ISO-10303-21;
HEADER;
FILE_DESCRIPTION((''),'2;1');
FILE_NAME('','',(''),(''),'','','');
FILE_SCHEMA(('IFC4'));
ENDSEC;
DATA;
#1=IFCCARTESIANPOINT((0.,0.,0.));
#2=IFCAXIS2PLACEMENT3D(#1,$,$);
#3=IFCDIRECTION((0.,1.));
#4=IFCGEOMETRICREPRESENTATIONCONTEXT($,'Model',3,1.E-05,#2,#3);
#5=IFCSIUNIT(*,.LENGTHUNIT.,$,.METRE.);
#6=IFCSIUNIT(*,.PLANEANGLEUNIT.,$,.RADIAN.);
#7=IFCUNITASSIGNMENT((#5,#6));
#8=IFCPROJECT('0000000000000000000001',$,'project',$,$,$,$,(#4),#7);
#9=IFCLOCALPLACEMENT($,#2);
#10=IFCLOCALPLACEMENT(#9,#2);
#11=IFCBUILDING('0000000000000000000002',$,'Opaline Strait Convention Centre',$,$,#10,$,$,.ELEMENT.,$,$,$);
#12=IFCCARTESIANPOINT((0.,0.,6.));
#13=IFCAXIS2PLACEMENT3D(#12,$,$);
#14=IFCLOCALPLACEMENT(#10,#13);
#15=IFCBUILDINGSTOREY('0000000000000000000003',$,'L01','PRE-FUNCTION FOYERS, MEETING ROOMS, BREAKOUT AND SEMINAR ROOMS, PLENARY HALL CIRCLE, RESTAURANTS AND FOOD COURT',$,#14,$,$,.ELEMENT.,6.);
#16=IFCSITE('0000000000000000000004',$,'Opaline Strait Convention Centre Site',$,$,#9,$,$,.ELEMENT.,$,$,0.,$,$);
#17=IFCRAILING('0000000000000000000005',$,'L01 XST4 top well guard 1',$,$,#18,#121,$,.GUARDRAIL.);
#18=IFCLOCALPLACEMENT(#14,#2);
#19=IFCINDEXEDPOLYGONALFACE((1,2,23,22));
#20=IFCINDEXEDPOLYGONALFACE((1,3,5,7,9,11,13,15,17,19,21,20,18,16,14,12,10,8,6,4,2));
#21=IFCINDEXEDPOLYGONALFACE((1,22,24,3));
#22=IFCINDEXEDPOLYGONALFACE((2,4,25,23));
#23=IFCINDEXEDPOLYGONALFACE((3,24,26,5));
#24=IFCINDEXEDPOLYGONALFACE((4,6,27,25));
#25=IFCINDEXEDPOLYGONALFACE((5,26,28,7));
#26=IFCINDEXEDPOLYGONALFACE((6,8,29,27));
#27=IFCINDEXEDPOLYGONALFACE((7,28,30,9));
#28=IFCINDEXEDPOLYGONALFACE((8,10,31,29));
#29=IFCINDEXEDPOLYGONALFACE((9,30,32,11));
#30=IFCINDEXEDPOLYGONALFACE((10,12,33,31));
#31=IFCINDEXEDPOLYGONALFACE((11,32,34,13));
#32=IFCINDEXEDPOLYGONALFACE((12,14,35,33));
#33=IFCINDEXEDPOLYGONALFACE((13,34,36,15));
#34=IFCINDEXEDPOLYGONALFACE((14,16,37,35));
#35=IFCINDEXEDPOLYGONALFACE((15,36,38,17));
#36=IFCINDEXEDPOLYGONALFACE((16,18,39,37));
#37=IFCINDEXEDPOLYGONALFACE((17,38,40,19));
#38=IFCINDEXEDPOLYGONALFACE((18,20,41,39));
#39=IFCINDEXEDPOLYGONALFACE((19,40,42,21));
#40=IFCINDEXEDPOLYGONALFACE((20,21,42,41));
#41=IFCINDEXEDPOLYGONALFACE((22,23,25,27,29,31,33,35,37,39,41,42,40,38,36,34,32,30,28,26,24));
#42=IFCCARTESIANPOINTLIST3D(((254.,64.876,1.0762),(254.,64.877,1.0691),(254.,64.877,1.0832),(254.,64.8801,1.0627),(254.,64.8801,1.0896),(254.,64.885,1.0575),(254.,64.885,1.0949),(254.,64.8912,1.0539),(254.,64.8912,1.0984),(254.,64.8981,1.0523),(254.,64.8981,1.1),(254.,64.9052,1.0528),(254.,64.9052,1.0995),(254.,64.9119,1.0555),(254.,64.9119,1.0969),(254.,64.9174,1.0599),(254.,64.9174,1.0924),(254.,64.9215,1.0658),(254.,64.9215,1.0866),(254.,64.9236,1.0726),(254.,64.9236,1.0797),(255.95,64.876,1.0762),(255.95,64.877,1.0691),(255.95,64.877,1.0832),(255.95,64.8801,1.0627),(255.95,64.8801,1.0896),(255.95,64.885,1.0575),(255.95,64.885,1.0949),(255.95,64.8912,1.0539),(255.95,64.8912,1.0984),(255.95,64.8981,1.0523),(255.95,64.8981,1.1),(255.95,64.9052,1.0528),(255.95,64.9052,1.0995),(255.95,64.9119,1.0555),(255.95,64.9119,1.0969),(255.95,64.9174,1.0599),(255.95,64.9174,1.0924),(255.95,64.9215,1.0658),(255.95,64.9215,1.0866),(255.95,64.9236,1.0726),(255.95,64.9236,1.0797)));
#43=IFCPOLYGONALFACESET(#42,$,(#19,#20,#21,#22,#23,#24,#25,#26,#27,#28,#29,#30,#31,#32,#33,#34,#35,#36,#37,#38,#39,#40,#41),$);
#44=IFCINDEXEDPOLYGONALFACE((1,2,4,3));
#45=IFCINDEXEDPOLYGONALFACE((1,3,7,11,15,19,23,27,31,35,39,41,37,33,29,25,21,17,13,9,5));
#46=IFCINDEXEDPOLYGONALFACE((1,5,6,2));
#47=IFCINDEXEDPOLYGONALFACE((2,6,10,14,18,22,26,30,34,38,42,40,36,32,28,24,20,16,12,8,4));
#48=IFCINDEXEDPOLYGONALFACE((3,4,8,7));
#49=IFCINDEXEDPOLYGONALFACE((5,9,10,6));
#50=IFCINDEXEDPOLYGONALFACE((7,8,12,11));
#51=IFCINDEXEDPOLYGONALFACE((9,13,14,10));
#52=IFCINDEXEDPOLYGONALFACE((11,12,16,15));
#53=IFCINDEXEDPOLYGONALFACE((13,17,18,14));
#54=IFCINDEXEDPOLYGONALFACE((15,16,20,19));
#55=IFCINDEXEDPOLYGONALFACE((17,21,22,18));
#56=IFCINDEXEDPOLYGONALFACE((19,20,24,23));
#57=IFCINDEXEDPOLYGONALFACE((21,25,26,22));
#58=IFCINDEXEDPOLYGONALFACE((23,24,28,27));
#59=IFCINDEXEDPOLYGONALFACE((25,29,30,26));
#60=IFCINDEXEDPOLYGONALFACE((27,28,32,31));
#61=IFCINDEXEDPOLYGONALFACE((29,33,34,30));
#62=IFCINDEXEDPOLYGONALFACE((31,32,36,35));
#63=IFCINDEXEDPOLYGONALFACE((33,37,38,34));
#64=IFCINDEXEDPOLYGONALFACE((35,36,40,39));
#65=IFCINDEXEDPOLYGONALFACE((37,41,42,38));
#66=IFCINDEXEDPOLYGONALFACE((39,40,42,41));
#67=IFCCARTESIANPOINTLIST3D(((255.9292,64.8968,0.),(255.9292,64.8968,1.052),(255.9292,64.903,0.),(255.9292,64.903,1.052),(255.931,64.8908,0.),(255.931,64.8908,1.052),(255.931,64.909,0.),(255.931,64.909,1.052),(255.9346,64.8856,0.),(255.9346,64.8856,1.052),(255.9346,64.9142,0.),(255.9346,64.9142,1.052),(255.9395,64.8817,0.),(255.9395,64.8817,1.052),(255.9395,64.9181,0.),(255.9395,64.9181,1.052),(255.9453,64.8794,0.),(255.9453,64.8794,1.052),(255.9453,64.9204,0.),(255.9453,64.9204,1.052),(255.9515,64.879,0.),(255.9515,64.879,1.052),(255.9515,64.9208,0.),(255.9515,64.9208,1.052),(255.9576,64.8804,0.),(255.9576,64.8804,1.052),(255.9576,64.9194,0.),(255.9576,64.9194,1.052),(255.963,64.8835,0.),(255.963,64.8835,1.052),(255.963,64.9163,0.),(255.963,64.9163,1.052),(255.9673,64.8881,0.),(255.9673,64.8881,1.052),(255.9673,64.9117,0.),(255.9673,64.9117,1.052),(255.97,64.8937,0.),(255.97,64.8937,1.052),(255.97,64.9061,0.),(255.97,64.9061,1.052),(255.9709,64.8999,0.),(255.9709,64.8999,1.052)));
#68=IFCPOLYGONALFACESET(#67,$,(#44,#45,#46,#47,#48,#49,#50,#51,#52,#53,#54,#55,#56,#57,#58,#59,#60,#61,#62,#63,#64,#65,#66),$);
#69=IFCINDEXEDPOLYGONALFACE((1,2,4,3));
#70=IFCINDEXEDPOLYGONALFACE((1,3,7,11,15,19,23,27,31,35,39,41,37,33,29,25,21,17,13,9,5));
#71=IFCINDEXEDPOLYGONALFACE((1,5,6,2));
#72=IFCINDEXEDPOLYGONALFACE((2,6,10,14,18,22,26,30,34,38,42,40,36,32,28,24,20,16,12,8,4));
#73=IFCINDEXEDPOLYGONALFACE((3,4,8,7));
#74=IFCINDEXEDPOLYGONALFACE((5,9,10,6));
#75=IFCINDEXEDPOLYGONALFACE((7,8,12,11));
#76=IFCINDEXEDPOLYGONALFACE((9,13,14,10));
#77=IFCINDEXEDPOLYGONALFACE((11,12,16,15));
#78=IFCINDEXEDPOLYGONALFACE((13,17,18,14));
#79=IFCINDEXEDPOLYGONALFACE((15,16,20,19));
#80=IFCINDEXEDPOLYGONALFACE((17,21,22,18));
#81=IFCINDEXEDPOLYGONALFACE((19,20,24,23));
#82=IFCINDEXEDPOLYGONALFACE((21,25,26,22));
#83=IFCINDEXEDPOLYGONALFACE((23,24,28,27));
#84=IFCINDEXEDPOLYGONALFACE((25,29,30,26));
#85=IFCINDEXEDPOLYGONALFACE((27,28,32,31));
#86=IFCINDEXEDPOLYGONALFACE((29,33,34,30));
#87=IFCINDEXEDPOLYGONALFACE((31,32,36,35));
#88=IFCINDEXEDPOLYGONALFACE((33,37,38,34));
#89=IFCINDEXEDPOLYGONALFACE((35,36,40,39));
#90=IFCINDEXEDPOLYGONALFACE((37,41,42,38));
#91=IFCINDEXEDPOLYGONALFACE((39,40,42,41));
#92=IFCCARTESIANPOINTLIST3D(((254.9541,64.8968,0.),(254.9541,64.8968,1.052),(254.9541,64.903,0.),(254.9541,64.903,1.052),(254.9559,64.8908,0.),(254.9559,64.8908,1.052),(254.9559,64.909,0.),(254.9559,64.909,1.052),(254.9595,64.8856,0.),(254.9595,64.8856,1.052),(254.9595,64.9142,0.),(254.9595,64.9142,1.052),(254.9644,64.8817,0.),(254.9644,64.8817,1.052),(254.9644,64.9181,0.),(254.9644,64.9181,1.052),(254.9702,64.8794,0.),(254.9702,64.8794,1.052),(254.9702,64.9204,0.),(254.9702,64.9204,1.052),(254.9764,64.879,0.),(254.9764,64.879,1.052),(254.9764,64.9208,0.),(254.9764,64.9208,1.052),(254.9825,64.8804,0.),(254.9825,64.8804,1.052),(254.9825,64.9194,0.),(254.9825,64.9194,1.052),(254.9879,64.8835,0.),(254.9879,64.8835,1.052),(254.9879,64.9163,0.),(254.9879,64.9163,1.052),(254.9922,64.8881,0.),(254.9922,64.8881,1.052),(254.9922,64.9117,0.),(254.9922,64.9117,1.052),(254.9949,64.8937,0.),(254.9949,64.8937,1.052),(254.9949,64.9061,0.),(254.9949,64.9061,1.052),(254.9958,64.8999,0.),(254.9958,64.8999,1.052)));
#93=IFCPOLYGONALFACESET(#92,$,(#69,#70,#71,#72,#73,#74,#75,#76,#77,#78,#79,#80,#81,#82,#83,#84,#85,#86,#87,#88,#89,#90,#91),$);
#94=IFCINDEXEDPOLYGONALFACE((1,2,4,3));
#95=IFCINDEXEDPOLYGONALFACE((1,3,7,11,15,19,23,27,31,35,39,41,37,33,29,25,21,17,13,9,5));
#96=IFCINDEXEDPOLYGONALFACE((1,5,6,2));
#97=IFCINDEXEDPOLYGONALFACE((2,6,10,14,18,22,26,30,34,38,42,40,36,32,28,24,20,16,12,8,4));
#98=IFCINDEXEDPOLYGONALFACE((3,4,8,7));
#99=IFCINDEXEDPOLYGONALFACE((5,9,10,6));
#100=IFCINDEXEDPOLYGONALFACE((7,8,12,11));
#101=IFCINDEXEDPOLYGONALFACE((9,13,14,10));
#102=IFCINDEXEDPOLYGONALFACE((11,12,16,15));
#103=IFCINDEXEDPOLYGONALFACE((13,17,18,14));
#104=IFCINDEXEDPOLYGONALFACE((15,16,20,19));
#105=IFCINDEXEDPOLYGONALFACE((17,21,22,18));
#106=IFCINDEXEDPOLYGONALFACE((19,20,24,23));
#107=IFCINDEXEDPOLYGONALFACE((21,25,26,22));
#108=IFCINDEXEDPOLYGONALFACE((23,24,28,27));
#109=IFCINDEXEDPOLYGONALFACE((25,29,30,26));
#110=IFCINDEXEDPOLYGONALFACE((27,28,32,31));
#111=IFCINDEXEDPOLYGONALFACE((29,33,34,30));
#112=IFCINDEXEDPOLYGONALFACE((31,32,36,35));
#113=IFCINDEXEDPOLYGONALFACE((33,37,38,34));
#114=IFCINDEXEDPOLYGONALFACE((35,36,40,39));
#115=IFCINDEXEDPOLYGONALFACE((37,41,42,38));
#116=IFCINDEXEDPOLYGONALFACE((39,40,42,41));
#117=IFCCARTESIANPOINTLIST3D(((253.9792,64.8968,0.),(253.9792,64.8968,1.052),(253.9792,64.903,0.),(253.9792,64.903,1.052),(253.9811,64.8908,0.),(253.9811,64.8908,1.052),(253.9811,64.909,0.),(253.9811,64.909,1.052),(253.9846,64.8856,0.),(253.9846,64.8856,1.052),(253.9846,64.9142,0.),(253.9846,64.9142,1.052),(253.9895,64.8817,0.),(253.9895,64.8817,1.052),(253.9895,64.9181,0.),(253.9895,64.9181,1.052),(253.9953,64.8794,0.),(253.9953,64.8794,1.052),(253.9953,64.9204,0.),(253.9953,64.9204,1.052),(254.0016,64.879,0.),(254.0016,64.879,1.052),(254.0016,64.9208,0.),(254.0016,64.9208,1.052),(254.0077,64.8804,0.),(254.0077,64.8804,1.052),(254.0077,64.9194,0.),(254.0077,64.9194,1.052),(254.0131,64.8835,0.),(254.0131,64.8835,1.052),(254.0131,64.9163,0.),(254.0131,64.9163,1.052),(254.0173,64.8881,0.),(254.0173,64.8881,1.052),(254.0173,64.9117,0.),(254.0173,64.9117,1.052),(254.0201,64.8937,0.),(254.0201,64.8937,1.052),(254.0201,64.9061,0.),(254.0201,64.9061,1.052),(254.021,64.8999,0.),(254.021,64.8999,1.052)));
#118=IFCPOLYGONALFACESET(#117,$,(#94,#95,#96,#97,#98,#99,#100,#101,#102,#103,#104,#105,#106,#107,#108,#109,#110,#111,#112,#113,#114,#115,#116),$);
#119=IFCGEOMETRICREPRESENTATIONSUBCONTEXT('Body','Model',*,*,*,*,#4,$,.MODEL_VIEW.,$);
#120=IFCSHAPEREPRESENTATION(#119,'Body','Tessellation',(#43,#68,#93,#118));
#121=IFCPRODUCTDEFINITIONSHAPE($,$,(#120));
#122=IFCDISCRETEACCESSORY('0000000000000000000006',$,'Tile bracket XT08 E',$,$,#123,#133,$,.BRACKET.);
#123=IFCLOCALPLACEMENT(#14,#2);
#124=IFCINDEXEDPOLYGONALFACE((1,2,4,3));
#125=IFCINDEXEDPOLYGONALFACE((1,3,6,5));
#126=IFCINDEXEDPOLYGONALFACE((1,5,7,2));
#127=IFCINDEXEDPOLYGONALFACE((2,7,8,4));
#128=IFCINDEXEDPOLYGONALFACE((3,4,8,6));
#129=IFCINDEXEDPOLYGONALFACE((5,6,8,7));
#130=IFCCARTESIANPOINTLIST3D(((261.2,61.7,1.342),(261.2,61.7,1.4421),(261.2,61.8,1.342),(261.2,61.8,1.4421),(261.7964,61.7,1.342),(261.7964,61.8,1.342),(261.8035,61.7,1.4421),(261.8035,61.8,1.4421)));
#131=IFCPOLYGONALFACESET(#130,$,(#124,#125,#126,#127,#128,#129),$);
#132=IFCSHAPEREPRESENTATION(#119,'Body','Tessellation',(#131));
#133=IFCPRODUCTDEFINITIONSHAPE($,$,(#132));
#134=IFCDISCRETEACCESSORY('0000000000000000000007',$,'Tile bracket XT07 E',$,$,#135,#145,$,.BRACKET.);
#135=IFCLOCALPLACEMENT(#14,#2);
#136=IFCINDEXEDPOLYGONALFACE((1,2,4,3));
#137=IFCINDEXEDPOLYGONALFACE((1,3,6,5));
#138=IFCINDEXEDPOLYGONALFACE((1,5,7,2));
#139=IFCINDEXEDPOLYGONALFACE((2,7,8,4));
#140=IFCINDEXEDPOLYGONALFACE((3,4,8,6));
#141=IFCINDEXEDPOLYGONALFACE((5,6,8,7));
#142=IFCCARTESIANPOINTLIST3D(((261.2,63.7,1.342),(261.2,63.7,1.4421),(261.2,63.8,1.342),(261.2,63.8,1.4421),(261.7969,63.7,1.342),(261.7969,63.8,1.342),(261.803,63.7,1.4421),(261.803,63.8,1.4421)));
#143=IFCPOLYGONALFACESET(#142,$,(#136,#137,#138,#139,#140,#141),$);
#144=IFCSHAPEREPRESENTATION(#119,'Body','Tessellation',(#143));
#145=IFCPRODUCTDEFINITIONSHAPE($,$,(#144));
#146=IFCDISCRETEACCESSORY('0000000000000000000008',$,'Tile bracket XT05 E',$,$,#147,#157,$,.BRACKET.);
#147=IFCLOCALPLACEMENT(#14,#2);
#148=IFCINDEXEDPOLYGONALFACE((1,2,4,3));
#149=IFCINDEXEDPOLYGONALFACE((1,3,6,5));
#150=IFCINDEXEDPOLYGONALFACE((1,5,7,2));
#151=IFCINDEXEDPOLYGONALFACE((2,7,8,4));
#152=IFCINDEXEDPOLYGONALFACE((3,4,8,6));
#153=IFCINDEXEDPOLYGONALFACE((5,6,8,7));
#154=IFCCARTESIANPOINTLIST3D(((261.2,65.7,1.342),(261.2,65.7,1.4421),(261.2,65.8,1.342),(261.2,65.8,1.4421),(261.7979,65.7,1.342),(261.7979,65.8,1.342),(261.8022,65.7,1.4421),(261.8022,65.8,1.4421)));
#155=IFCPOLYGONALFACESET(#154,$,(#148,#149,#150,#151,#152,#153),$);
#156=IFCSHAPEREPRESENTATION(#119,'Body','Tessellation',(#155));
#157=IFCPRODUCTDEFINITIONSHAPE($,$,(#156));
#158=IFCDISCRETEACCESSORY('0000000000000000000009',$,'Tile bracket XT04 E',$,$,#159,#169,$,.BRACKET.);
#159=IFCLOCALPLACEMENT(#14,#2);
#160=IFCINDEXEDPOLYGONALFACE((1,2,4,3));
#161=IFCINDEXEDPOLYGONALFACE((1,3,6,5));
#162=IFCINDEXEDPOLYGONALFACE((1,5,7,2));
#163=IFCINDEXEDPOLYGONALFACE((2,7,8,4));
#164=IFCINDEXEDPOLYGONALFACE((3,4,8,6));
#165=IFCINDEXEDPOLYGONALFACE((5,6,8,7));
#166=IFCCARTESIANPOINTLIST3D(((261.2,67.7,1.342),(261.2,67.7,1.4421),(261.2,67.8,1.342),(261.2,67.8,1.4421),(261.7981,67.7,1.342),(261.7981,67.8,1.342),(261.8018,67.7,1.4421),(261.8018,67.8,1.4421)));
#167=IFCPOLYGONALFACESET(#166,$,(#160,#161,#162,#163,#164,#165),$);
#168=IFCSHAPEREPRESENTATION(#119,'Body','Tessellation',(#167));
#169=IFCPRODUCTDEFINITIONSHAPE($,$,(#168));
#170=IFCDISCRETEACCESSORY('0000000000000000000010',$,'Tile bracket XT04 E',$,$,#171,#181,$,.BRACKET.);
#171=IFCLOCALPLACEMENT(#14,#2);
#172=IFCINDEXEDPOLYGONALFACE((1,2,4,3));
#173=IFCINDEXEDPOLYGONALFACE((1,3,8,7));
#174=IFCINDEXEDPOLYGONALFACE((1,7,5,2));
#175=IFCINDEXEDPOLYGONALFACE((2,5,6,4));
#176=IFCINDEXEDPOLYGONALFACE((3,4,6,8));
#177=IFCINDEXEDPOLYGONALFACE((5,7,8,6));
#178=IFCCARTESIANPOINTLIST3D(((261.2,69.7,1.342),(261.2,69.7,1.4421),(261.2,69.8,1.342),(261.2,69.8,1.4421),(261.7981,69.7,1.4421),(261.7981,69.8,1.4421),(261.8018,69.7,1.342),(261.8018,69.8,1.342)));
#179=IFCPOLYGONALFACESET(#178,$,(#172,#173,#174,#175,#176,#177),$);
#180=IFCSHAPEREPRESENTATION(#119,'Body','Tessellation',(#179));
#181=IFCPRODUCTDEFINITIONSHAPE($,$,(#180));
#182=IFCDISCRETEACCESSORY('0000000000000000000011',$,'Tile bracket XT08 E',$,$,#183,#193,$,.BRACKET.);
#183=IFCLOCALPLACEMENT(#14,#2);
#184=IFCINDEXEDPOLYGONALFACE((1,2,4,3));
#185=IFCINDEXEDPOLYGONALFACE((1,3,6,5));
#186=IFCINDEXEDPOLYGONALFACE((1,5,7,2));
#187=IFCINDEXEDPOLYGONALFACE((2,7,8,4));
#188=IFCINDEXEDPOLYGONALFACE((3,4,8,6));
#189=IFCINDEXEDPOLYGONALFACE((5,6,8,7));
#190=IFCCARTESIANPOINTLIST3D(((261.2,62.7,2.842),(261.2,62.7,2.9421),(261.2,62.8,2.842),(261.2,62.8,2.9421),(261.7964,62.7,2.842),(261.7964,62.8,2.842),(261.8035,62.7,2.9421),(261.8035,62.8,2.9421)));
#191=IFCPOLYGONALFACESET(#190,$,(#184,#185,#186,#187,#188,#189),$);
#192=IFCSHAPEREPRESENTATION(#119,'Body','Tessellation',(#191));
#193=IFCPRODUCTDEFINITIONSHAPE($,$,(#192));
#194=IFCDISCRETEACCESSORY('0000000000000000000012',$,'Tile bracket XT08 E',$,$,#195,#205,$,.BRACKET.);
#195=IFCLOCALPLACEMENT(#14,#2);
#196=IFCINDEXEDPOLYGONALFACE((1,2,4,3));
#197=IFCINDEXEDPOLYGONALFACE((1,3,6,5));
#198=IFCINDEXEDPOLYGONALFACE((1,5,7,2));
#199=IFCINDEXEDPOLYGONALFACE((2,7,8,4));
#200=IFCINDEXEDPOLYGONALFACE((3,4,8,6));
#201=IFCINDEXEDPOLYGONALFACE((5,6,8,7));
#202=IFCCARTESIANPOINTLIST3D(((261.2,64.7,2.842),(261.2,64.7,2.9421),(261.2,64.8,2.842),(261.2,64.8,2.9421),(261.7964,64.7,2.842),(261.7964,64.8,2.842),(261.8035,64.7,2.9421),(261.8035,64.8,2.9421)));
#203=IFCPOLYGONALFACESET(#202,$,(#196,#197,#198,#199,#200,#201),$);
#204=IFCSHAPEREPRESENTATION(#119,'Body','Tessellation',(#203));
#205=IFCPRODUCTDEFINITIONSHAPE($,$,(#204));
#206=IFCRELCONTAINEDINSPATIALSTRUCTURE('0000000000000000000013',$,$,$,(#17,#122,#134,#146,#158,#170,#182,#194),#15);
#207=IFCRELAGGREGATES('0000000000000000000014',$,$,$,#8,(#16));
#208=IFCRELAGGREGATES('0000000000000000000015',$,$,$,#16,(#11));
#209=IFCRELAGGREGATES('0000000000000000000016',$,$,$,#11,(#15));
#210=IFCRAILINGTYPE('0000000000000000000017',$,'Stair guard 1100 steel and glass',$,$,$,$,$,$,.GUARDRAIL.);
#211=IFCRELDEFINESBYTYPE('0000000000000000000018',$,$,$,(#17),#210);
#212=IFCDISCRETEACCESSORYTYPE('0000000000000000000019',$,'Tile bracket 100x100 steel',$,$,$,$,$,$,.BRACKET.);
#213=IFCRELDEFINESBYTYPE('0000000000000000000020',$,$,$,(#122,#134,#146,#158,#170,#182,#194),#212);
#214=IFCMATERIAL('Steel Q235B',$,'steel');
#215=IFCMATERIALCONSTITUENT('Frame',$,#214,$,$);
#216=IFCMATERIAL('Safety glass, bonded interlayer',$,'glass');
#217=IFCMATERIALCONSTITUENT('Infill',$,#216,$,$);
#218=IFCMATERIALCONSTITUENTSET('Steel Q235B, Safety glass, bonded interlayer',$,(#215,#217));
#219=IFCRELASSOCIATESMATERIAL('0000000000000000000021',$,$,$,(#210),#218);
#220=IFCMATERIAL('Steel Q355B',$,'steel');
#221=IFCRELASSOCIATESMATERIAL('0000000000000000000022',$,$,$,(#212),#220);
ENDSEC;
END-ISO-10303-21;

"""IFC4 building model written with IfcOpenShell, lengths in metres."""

from ifc_helpers import new_model, si_unit, direction, frame, origin, origin_2d, place, context, subcontext, project, spatial, polyline, circle, outline, extrude, material, constituent, constituent_set, type_object, element, save


model = new_model("IFC4")

# Units and contexts
model_context = context("Model", 3, precision=1e-05, world=origin(), true_north=direction((0.0, 1.0)))
body_context = subcontext(model_context, "Body", "Model", "MODEL_VIEW")
ifc_project = project(units=[si_unit("LENGTHUNIT", "METRE"), si_unit("PLANEANGLEUNIT", "RADIAN")], contexts=[model_context])

# Site, building, storey
site_placement = place(None, origin())
site = spatial("IfcSite", under=ifc_project, at=site_placement, Name="Opaline Strait Convention Centre Site", CompositionType="ELEMENT", RefElevation=0.0)
building_placement = place(site_placement, origin())
building = spatial("IfcBuilding", under=site, at=building_placement, Name="Opaline Strait Convention Centre", CompositionType="ELEMENT")
storey_placement = place(building_placement, frame((0.0, 0.0, 6.0)))
storey = spatial("IfcBuildingStorey", under=building, at=storey_placement, Name="L01", Description="PRE-FUNCTION FOYERS, MEETING ROOMS, BREAKOUT AND SEMINAR ROOMS, PLENARY HALL CIRCLE, RESTAURANTS AND FOOD COURT", CompositionType="ELEMENT", Elevation=6.0)

# Shared definitions
ifc_material_1 = material(Name="Steel Q355B", Category="steel")

# Railing
ifc_material_2 = material(Name="Steel Q235B", Category="steel")
ifc_constituent_1 = constituent(ifc_material_2, Name="Frame")
ifc_material_3 = material(Name="Safety glass, bonded interlayer", Category="glass")
ifc_constituent_2 = constituent(ifc_material_3, Name="Infill")
ifc_constituent_set = constituent_set(constituents=[ifc_constituent_1, ifc_constituent_2], Name="Steel Q235B, Safety glass, bonded interlayer")
railing_type = type_object("IfcRailingType", Name="Stair guard 1100 steel and glass", PredefinedType="GUARDRAIL", material=ifc_constituent_set)
railing_placement = place(storey_placement, frame((255.95, 64.8999, 0.0)))
element("IfcRailing", 1, at=railing_placement, inside=storey, type_object=railing_type, Name="L01 XST4 top well guard 1", PredefinedType="GUARDRAIL", context=body_context, shape_type="SweptSolid", body=[
    extrude(circle(Radius=0.0239, at=origin_2d()), frame((0.0, 0.0, 1.0762), z_axis=(-1.0, 0.0, 0.0), x_axis=(0.0, -1.0, 0.0)), (0.0, 0.0, 1.0), 1.95),
    extrude(circle(Radius=0.021, at=origin_2d()), origin(), (0.0, 0.0, 1.0), 1.052),
    extrude(circle(Radius=0.021, at=origin_2d()), frame((-0.9751, 0.0, 0.0)), (0.0, 0.0, 1.0), 1.052),
    extrude(circle(Radius=0.021, at=origin_2d()), frame((-1.95, 0.0, 0.0)), (0.0, 0.0, 1.0), 1.052),
])

# Discrete accessories
discrete_accessory_type = type_object("IfcDiscreteAccessoryType", Name="Tile bracket 100x100 steel", PredefinedType="BRACKET", material=ifc_material_1)
discrete_accessory_1_placement = place(storey_placement, frame((261.2, 61.7, 1.3921), z_axis=(0.0, 1.0, 0.0), x_axis=(-1.0, 0.0, 0.0)))
element("IfcDiscreteAccessory", 2, at=discrete_accessory_1_placement, inside=storey, type_object=discrete_accessory_type, Name="Tile bracket XT08 E", PredefinedType="BRACKET", context=body_context, shape_type="SweptSolid", body=[
    extrude(outline(polyline([(0.0, -0.05), (0.0, 0.05), (-0.6035, 0.05), (-0.5964, -0.05), (0.0, -0.05)])), origin(), (0.0, 0.0, 1.0), 0.1001),
])
discrete_accessory_2_placement = place(storey_placement, frame((261.2, 63.7, 1.3921), z_axis=(0.0, 1.0, 0.0), x_axis=(-1.0, 0.0, 0.0)))
element("IfcDiscreteAccessory", 3, at=discrete_accessory_2_placement, inside=storey, type_object=discrete_accessory_type, Name="Tile bracket XT07 E", PredefinedType="BRACKET", context=body_context, shape_type="SweptSolid", body=[
    extrude(outline(polyline([(0.0, -0.05), (0.0, 0.05), (-0.603, 0.05), (-0.5969, -0.05), (0.0, -0.05)])), origin(), (0.0, 0.0, 1.0), 0.1001),
])
discrete_accessory_3_placement = place(storey_placement, frame((261.2, 65.7, 1.3921), z_axis=(0.0, 1.0, 0.0), x_axis=(-1.0, 0.0, 0.0)))
element("IfcDiscreteAccessory", 4, at=discrete_accessory_3_placement, inside=storey, type_object=discrete_accessory_type, Name="Tile bracket XT05 E", PredefinedType="BRACKET", context=body_context, shape_type="SweptSolid", body=[
    extrude(outline(polyline([(0.0, -0.05), (0.0, 0.05), (-0.6023, 0.05), (-0.5979, -0.05), (0.0, -0.05)])), origin(), (0.0, 0.0, 1.0), 0.1001),
])
discrete_accessory_4_placement = place(storey_placement, frame((261.2, 67.7, 1.3921), z_axis=(0.0, 1.0, 0.0), x_axis=(-1.0, 0.0, 0.0)))
element("IfcDiscreteAccessory", 5, at=discrete_accessory_4_placement, inside=storey, type_object=discrete_accessory_type, Name="Tile bracket XT04 E", PredefinedType="BRACKET", context=body_context, shape_type="SweptSolid", body=[
    extrude(outline(polyline([(0.0, -0.05), (0.0, 0.05), (-0.6018, 0.05), (-0.5981, -0.05), (0.0, -0.05)])), origin(), (0.0, 0.0, 1.0), 0.1001),
])
discrete_accessory_5_placement = place(storey_placement, frame((261.2, 69.7, 1.3921), z_axis=(0.0, 1.0, 0.0), x_axis=(-1.0, 0.0, 0.0)))
element("IfcDiscreteAccessory", 6, at=discrete_accessory_5_placement, inside=storey, type_object=discrete_accessory_type, Name="Tile bracket XT04 E", PredefinedType="BRACKET", context=body_context, shape_type="SweptSolid", body=[
    extrude(outline(polyline([(0.0, -0.05), (0.0, 0.05), (-0.5981, 0.05), (-0.6018, -0.05), (0.0, -0.05)])), origin(), (0.0, 0.0, 1.0), 0.1001),
])
for number, where, z_axis, x_axis, name in (
    (7, (261.2, 62.7, 2.8921), (0.0, 1.0, 0.0), (-1.0, 0.0, 0.0), "Tile bracket XT08 E"),
    (8, (261.2, 64.7, 2.8921), (0.0, 1.0, 0.0), (-1.0, 0.0, 0.0), "Tile bracket XT08 E"),
):
    element("IfcDiscreteAccessory", number, at=place(storey_placement, frame(where, z_axis=z_axis, x_axis=x_axis)), inside=storey, type_object=discrete_accessory_type, Name=name, PredefinedType="BRACKET", context=body_context, shape_type="SweptSolid", body=[
        extrude(outline(polyline([(0.0, -0.05), (0.0, 0.05), (-0.6035, 0.05), (-0.5964, -0.05), (0.0, -0.05)])), origin(), (0.0, 0.0, 1.0), 0.1001),
    ])

save(model, "model.ifc")
